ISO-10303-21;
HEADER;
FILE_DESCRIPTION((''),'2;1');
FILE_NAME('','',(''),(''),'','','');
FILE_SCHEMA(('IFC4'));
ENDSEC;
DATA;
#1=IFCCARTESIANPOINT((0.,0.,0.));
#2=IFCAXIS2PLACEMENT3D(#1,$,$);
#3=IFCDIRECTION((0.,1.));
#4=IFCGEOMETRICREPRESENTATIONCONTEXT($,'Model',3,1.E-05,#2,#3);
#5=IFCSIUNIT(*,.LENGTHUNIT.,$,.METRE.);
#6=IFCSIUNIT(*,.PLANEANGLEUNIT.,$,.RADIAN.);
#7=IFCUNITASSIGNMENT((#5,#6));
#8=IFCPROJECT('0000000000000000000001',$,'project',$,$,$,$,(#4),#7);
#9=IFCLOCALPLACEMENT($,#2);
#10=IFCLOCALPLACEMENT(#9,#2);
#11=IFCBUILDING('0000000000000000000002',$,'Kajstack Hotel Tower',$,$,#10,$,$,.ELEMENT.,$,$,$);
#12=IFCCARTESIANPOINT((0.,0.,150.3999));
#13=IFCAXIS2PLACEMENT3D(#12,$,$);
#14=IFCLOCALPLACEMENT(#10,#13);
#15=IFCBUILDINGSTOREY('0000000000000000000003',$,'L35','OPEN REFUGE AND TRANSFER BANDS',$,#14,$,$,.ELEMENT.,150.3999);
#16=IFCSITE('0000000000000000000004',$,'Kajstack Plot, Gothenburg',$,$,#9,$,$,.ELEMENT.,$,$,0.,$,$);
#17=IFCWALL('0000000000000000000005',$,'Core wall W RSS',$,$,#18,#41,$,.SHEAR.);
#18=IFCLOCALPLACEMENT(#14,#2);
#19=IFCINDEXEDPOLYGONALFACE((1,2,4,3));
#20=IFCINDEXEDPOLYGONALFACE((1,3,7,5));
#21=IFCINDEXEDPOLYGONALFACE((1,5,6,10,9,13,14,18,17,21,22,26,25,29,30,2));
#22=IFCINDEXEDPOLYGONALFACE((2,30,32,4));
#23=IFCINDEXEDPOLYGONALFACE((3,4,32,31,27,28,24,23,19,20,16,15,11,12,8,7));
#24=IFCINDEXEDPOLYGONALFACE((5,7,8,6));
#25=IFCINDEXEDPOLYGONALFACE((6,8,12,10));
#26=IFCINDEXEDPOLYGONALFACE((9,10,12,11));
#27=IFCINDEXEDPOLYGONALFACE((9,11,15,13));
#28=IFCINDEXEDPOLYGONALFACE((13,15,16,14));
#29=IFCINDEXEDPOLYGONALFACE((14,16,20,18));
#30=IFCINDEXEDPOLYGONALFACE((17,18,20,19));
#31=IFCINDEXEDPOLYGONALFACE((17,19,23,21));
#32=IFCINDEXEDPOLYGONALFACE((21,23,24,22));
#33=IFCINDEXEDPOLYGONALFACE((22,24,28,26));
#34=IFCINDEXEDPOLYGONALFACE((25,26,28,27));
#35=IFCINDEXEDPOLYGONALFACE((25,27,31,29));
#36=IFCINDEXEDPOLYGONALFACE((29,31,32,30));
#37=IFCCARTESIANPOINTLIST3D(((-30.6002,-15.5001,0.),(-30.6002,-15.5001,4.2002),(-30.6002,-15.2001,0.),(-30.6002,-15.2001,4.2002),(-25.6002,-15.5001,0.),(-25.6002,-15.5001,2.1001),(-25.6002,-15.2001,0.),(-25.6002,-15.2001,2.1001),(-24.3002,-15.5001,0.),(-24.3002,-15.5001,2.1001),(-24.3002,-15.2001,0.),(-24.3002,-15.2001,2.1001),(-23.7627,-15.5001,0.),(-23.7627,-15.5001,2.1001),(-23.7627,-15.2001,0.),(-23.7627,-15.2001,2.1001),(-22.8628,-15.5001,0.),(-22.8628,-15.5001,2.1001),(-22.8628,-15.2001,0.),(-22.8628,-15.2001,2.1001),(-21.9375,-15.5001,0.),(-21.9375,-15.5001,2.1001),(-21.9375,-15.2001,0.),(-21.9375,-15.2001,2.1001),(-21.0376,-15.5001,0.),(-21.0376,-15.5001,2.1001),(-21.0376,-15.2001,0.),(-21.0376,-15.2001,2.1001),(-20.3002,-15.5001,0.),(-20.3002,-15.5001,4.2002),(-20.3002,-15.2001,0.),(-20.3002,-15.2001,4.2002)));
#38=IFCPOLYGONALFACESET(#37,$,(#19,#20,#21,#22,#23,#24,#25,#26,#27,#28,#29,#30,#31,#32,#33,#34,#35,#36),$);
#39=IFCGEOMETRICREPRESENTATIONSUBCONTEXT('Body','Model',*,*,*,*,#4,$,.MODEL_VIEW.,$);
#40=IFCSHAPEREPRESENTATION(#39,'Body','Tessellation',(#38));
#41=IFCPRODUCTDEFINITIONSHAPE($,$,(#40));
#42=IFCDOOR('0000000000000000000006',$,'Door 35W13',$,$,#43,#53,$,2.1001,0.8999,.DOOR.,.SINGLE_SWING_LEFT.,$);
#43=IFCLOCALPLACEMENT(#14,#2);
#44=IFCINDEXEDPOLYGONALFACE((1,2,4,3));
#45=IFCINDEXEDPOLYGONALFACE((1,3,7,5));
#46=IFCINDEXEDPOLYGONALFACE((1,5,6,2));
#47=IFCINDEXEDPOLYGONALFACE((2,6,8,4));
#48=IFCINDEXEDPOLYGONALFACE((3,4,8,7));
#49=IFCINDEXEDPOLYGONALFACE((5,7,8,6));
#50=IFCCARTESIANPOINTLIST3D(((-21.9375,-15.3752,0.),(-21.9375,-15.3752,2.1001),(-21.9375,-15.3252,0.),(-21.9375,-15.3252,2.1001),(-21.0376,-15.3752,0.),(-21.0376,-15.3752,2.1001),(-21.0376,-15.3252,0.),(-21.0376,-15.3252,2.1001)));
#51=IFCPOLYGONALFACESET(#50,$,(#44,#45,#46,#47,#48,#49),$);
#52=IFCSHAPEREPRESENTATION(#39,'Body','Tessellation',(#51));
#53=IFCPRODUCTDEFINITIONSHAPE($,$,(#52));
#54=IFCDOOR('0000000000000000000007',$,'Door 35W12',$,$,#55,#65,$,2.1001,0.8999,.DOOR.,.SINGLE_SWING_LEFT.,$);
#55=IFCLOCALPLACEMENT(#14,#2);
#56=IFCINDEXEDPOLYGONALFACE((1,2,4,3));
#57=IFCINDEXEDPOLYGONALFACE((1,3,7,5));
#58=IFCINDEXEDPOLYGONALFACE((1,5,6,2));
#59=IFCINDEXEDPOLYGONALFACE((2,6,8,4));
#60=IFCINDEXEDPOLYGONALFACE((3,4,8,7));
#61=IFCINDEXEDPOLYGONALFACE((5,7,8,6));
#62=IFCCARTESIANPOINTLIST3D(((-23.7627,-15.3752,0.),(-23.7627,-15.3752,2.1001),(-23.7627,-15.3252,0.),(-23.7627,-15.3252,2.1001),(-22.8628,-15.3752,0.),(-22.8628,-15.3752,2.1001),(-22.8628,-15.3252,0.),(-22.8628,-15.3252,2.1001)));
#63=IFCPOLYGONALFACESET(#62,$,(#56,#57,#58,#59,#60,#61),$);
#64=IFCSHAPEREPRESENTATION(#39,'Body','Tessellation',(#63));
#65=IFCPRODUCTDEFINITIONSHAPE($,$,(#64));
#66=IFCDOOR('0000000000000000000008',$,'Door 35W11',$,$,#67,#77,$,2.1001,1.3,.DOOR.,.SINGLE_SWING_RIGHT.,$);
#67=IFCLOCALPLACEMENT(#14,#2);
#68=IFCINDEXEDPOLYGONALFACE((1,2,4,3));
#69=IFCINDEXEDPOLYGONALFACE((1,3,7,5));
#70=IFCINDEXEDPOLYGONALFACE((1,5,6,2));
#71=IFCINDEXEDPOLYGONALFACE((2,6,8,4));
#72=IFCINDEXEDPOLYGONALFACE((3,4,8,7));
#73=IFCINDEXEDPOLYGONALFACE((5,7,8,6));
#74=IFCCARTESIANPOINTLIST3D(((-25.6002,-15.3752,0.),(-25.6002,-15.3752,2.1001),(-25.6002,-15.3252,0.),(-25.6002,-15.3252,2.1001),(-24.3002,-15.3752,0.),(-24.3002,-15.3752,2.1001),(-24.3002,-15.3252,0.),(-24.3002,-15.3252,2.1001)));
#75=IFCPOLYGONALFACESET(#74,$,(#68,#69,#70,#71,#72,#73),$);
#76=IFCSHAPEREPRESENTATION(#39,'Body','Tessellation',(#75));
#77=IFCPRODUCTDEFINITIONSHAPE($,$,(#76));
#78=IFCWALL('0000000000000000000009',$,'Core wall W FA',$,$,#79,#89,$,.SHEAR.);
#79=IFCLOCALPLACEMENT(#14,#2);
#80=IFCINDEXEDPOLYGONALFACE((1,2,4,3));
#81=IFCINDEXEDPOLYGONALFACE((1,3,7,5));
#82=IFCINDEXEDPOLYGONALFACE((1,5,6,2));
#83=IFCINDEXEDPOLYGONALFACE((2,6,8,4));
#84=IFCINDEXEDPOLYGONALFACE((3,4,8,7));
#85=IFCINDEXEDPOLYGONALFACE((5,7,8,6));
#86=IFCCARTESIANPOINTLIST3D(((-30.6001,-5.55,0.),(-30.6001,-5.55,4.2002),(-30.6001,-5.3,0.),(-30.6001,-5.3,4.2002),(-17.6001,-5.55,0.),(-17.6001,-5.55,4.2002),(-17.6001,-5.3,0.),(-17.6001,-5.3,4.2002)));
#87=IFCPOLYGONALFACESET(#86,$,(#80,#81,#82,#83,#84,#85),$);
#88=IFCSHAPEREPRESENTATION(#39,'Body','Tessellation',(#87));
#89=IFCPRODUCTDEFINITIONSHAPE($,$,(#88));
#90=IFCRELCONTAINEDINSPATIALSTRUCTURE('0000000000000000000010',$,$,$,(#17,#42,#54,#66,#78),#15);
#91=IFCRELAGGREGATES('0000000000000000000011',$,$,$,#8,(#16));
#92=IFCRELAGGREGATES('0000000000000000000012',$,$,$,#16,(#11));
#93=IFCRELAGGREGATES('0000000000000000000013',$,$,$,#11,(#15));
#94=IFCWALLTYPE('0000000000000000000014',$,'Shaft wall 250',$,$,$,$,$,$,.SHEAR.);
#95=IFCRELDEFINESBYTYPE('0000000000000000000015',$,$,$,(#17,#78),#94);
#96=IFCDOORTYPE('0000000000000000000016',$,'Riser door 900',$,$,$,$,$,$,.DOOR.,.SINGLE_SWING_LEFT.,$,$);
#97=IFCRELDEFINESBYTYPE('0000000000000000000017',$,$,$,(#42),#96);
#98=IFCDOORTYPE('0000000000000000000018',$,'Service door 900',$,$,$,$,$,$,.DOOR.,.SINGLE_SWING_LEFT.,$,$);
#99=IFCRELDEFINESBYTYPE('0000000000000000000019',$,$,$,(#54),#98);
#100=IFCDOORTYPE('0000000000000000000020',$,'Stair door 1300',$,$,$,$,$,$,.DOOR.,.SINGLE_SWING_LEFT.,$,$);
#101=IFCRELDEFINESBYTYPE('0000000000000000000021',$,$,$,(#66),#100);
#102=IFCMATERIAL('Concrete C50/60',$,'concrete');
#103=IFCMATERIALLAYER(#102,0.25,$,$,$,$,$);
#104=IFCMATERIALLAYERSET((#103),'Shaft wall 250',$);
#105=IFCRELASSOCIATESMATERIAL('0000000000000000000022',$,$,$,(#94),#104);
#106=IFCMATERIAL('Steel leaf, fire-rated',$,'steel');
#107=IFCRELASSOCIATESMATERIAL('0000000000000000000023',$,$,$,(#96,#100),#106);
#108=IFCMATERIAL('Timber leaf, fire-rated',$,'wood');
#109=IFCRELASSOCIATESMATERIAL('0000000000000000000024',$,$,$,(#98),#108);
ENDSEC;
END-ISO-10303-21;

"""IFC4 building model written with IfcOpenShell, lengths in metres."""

from ifc_helpers import new_model, si_unit, direction, frame, frame_2d, origin, place, context, subcontext, project, spatial, rectangle, extrude, material, layer, layer_set, type_object, element, fill, save


model = new_model("IFC4")

# Units and contexts
model_context = context("Model", 3, precision=1e-05, world=origin(), true_north=direction((0.0, 1.0)))
body_context = subcontext(model_context, "Body", "Model", "MODEL_VIEW")
ifc_project = project(units=[si_unit("LENGTHUNIT", "METRE"), si_unit("PLANEANGLEUNIT", "RADIAN")], contexts=[model_context])

# Site, building, storey
site_placement = place(None, origin())
site = spatial("IfcSite", under=ifc_project, at=site_placement, Name="Kajstack Plot, Gothenburg", CompositionType="ELEMENT", RefElevation=0.0)
building_placement = place(site_placement, origin())
building = spatial("IfcBuilding", under=site, at=building_placement, Name="Kajstack Hotel Tower", CompositionType="ELEMENT")
storey_placement = place(building_placement, frame((0.0, 0.0, 150.3999)))
storey = spatial("IfcBuildingStorey", under=building, at=storey_placement, Name="L35", Description="OPEN REFUGE AND TRANSFER BANDS", CompositionType="ELEMENT", Elevation=150.3999)

# Shared definitions
ifc_material_1 = material(Name="Concrete C50/60", Category="concrete")

# Wall, openings, doors
ifc_layer_1 = layer(ifc_material_1, 0.25)
ifc_layer_set_1 = layer_set([ifc_layer_1], Name="Shaft wall 250")
wall_type_1 = type_object("IfcWallType", Name="Shaft wall 250", PredefinedType="SHEAR", material=ifc_layer_set_1)
wall_1_placement = place(storey_placement, frame((-30.6001, -15.3501, 0.0), z_axis=(0.0, 0.0, 1.0), x_axis=(1.0, 0.0, 0.0)))
wall_1 = element("IfcWall", 1, at=wall_1_placement, inside=storey, type_object=wall_type_1, Name="Core wall W RSS", PredefinedType="SHEAR", context=body_context, shape_type="SweptSolid", body=[
    extrude(rectangle(XDim=10.3, YDim=0.3, at=frame_2d((5.1499, 0.0))), origin(), (0.0, 0.0, 1.0), 4.2002),
])
opening_1_placement = place(wall_1_placement, frame((5.0, 0.0, 0.0)))
opening_1 = element("IfcOpeningElement", 2, at=opening_1_placement, cuts=wall_1, PredefinedType="OPENING", context=body_context, shape_type="SweptSolid", body=[
    extrude(rectangle(XDim=1.3, YDim=2.1001, at=frame_2d((0.6499, 1.05))), frame((0.0, 0.1599, 0.0), z_axis=(0.0, -1.0, 0.0), x_axis=(1.0, 0.0, 0.0)), (0.0, 0.0, 1.0), 0.3201),
])
opening_2_placement = place(wall_1_placement, frame((6.8374, 0.0, 0.0)))
opening_2 = element("IfcOpeningElement", 3, at=opening_2_placement, cuts=wall_1, PredefinedType="OPENING", context=body_context, shape_type="SweptSolid", body=[
    extrude(rectangle(XDim=0.8999, YDim=2.1001, at=frame_2d((0.45, 1.05))), frame((0.0, 0.1599, 0.0), z_axis=(0.0, -1.0, 0.0), x_axis=(1.0, 0.0, 0.0)), (0.0, 0.0, 1.0), 0.3201),
])
opening_3_placement = place(wall_1_placement, frame((8.6626, 0.0, 0.0)))
opening_3 = element("IfcOpeningElement", 4, at=opening_3_placement, cuts=wall_1, PredefinedType="OPENING", context=body_context, shape_type="SweptSolid", body=[
    extrude(rectangle(XDim=0.8999, YDim=2.1001, at=frame_2d((0.45, 1.05))), frame((0.0, 0.1599, 0.0), z_axis=(0.0, -1.0, 0.0), x_axis=(1.0, 0.0, 0.0)), (0.0, 0.0, 1.0), 0.3201),
])
ifc_material_2 = material(Name="Steel leaf, fire-rated", Category="steel")
door_type_1 = type_object("IfcDoorType", Name="Riser door 900", OperationType="SINGLE_SWING_LEFT", PredefinedType="DOOR", material=ifc_material_2)
door_1_placement = place(opening_3_placement, origin())
door_1 = element("IfcDoor", 5, at=door_1_placement, inside=storey, type_object=door_type_1, Name="Door 35W13", OperationType="SINGLE_SWING_LEFT", OverallHeight=2.1001, OverallWidth=0.8999, PredefinedType="DOOR", context=body_context, shape_type="SweptSolid", body=[
    extrude(rectangle(XDim=0.8999, YDim=2.1001, at=frame_2d((0.45, 1.05))), frame((0.0, 0.0249, 0.0), z_axis=(0.0, -1.0, 0.0), x_axis=(1.0, 0.0, 0.0)), (0.0, 0.0, 1.0), 0.05),
])
fill(opening_3, door_1)
ifc_material_3 = material(Name="Timber leaf, fire-rated", Category="wood")
door_type_2 = type_object("IfcDoorType", Name="Service door 900", OperationType="SINGLE_SWING_LEFT", PredefinedType="DOOR", material=ifc_material_3)
door_2_placement = place(opening_2_placement, origin())
door_2 = element("IfcDoor", 6, at=door_2_placement, inside=storey, type_object=door_type_2, Name="Door 35W12", OperationType="SINGLE_SWING_LEFT", OverallHeight=2.1001, OverallWidth=0.8999, PredefinedType="DOOR", context=body_context, shape_type="SweptSolid", body=[
    extrude(rectangle(XDim=0.8999, YDim=2.1001, at=frame_2d((0.45, 1.05))), frame((0.0, 0.0249, 0.0), z_axis=(0.0, -1.0, 0.0), x_axis=(1.0, 0.0, 0.0)), (0.0, 0.0, 1.0), 0.05),
])
fill(opening_2, door_2)
door_type_3 = type_object("IfcDoorType", Name="Stair door 1300", OperationType="SINGLE_SWING_LEFT", PredefinedType="DOOR", material=ifc_material_2)
door_3_placement = place(opening_1_placement, origin())
door_3 = element("IfcDoor", 7, at=door_3_placement, inside=storey, type_object=door_type_3, Name="Door 35W11", OperationType="SINGLE_SWING_RIGHT", OverallHeight=2.1001, OverallWidth=1.3, PredefinedType="DOOR", context=body_context, shape_type="SweptSolid", body=[
    extrude(rectangle(XDim=1.3, YDim=2.1001, at=frame_2d((0.6499, 1.05))), frame((0.0, 0.0249, 0.0), z_axis=(0.0, -1.0, 0.0), x_axis=(1.0, 0.0, 0.0)), (0.0, 0.0, 1.0), 0.05),
])
fill(opening_1, door_3)

# Wall
wall_2_placement = place(storey_placement, frame((-30.6001, -5.425, 0.0), z_axis=(0.0, 0.0, 1.0), x_axis=(1.0, 0.0, 0.0)))
element("IfcWall", 8, at=wall_2_placement, inside=storey, type_object=wall_type_1, Name="Core wall W FA", PredefinedType="SHEAR", context=body_context, shape_type="SweptSolid", body=[
    extrude(rectangle(XDim=13.0, YDim=0.25, at=frame_2d((6.5, 0.0))), origin(), (0.0, 0.0, 1.0), 4.2002),
])

save(model, "model.ifc")
